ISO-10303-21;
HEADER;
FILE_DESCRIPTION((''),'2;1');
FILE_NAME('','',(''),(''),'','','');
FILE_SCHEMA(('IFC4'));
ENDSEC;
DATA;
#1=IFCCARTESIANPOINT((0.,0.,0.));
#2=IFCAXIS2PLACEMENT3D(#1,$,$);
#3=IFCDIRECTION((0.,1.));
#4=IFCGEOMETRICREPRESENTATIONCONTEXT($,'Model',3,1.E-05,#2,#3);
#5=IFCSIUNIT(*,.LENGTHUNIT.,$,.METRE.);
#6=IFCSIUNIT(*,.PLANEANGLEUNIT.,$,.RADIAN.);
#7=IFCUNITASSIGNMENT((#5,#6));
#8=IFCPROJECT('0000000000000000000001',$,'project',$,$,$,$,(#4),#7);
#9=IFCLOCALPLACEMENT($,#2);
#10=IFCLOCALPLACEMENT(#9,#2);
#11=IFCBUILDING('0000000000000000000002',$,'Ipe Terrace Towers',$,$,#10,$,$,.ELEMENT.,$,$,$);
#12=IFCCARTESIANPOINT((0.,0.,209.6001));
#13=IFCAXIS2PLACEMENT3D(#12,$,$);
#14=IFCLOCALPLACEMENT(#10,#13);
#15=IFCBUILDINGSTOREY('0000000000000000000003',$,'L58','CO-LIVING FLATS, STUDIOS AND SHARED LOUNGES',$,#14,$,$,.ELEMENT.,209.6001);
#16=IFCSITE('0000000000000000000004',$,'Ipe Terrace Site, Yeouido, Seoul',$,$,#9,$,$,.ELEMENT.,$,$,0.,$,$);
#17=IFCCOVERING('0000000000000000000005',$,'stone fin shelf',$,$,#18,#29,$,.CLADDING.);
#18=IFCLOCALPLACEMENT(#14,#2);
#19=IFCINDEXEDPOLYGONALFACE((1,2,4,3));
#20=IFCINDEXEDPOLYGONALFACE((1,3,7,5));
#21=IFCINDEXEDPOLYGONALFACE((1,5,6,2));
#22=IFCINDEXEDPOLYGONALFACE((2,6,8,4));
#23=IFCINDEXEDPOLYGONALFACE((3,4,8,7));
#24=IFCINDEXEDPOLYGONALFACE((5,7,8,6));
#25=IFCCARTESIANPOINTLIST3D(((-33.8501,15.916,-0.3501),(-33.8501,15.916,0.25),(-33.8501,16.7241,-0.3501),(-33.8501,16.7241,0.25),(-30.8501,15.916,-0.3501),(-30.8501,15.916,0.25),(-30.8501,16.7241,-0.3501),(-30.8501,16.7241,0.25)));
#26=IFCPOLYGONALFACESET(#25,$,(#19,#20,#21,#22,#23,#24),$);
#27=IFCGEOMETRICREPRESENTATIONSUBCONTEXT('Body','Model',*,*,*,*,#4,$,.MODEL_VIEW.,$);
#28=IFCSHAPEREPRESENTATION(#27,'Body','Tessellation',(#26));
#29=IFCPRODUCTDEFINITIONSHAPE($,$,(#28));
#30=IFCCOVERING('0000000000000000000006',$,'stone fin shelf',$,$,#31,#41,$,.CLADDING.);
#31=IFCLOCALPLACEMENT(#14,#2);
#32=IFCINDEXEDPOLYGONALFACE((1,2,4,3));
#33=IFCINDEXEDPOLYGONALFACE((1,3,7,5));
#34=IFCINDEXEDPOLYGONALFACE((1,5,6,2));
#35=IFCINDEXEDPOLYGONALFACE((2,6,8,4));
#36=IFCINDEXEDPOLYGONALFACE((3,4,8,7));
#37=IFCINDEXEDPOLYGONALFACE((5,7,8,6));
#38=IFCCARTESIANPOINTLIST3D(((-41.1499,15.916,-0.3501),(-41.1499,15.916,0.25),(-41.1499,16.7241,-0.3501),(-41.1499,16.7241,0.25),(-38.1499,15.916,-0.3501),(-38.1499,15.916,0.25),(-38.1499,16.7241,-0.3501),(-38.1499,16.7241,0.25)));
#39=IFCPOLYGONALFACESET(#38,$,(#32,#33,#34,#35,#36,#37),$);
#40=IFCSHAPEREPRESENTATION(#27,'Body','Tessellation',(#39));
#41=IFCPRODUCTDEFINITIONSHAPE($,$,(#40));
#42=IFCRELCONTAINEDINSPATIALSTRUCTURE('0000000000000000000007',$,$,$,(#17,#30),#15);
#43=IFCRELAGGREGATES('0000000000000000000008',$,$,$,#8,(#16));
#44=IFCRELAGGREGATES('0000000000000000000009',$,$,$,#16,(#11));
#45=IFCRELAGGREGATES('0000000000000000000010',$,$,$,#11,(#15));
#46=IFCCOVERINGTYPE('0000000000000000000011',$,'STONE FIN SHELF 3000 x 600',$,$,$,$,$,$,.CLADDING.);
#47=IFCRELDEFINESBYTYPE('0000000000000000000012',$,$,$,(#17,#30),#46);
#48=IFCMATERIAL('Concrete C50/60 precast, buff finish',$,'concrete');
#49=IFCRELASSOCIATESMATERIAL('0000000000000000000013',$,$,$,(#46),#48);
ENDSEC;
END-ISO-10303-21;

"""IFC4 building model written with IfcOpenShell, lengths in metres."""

from ifc_helpers import new_model, si_unit, direction, frame, origin, origin_2d, place, context, subcontext, project, spatial, rectangle, extrude, material, type_object, element, save


model = new_model("IFC4")

# Units and contexts
model_context = context("Model", 3, precision=1e-05, world=origin(), true_north=direction((0.0, 1.0)))
body_context = subcontext(model_context, "Body", "Model", "MODEL_VIEW")
ifc_project = project(units=[si_unit("LENGTHUNIT", "METRE"), si_unit("PLANEANGLEUNIT", "RADIAN")], contexts=[model_context])

# Site, building, storey
site_placement = place(None, origin())
site = spatial("IfcSite", under=ifc_project, at=site_placement, Name="Ipe Terrace Site, Yeouido, Seoul", CompositionType="ELEMENT", RefElevation=0.0)
building_placement = place(site_placement, origin())
building = spatial("IfcBuilding", under=site, at=building_placement, Name="Ipe Terrace Towers", CompositionType="ELEMENT")
storey_placement = place(building_placement, frame((0.0, 0.0, 209.6001)))
storey = spatial("IfcBuildingStorey", under=building, at=storey_placement, Name="L58", Description="CO-LIVING FLATS, STUDIOS AND SHARED LOUNGES", CompositionType="ELEMENT", Elevation=209.6001)

# Coverings
ifc_material_1 = material(Name="Concrete C50/60 precast, buff finish", Category="concrete")
covering_type_1 = type_object("IfcCoveringType", Name="STONE FIN SHELF 3000 x 600", PredefinedType="CLADDING", material=ifc_material_1)
for number, where, z_axis, x_axis, name in (
    (1, (-32.3501, 16.3201, -0.3501), (0.0, 0.0, 1.0), (-1.0, 0.0, 0.0), "stone fin shelf"),
    (2, (-39.6499, 16.3201, -0.3501), (0.0, 0.0, 1.0), (-1.0, 0.0, 0.0), "stone fin shelf"),
):
    element("IfcCovering", number, at=place(storey_placement, frame(where, z_axis=z_axis, x_axis=x_axis)), inside=storey, type_object=covering_type_1, Name=name, PredefinedType="CLADDING", context=body_context, shape_type="SweptSolid", body=[
        extrude(rectangle(XDim=3.0, YDim=0.8081, at=origin_2d()), origin(), (0.0, 0.0, 1.0), 0.6001),
    ])

save(model, "model.ifc")
